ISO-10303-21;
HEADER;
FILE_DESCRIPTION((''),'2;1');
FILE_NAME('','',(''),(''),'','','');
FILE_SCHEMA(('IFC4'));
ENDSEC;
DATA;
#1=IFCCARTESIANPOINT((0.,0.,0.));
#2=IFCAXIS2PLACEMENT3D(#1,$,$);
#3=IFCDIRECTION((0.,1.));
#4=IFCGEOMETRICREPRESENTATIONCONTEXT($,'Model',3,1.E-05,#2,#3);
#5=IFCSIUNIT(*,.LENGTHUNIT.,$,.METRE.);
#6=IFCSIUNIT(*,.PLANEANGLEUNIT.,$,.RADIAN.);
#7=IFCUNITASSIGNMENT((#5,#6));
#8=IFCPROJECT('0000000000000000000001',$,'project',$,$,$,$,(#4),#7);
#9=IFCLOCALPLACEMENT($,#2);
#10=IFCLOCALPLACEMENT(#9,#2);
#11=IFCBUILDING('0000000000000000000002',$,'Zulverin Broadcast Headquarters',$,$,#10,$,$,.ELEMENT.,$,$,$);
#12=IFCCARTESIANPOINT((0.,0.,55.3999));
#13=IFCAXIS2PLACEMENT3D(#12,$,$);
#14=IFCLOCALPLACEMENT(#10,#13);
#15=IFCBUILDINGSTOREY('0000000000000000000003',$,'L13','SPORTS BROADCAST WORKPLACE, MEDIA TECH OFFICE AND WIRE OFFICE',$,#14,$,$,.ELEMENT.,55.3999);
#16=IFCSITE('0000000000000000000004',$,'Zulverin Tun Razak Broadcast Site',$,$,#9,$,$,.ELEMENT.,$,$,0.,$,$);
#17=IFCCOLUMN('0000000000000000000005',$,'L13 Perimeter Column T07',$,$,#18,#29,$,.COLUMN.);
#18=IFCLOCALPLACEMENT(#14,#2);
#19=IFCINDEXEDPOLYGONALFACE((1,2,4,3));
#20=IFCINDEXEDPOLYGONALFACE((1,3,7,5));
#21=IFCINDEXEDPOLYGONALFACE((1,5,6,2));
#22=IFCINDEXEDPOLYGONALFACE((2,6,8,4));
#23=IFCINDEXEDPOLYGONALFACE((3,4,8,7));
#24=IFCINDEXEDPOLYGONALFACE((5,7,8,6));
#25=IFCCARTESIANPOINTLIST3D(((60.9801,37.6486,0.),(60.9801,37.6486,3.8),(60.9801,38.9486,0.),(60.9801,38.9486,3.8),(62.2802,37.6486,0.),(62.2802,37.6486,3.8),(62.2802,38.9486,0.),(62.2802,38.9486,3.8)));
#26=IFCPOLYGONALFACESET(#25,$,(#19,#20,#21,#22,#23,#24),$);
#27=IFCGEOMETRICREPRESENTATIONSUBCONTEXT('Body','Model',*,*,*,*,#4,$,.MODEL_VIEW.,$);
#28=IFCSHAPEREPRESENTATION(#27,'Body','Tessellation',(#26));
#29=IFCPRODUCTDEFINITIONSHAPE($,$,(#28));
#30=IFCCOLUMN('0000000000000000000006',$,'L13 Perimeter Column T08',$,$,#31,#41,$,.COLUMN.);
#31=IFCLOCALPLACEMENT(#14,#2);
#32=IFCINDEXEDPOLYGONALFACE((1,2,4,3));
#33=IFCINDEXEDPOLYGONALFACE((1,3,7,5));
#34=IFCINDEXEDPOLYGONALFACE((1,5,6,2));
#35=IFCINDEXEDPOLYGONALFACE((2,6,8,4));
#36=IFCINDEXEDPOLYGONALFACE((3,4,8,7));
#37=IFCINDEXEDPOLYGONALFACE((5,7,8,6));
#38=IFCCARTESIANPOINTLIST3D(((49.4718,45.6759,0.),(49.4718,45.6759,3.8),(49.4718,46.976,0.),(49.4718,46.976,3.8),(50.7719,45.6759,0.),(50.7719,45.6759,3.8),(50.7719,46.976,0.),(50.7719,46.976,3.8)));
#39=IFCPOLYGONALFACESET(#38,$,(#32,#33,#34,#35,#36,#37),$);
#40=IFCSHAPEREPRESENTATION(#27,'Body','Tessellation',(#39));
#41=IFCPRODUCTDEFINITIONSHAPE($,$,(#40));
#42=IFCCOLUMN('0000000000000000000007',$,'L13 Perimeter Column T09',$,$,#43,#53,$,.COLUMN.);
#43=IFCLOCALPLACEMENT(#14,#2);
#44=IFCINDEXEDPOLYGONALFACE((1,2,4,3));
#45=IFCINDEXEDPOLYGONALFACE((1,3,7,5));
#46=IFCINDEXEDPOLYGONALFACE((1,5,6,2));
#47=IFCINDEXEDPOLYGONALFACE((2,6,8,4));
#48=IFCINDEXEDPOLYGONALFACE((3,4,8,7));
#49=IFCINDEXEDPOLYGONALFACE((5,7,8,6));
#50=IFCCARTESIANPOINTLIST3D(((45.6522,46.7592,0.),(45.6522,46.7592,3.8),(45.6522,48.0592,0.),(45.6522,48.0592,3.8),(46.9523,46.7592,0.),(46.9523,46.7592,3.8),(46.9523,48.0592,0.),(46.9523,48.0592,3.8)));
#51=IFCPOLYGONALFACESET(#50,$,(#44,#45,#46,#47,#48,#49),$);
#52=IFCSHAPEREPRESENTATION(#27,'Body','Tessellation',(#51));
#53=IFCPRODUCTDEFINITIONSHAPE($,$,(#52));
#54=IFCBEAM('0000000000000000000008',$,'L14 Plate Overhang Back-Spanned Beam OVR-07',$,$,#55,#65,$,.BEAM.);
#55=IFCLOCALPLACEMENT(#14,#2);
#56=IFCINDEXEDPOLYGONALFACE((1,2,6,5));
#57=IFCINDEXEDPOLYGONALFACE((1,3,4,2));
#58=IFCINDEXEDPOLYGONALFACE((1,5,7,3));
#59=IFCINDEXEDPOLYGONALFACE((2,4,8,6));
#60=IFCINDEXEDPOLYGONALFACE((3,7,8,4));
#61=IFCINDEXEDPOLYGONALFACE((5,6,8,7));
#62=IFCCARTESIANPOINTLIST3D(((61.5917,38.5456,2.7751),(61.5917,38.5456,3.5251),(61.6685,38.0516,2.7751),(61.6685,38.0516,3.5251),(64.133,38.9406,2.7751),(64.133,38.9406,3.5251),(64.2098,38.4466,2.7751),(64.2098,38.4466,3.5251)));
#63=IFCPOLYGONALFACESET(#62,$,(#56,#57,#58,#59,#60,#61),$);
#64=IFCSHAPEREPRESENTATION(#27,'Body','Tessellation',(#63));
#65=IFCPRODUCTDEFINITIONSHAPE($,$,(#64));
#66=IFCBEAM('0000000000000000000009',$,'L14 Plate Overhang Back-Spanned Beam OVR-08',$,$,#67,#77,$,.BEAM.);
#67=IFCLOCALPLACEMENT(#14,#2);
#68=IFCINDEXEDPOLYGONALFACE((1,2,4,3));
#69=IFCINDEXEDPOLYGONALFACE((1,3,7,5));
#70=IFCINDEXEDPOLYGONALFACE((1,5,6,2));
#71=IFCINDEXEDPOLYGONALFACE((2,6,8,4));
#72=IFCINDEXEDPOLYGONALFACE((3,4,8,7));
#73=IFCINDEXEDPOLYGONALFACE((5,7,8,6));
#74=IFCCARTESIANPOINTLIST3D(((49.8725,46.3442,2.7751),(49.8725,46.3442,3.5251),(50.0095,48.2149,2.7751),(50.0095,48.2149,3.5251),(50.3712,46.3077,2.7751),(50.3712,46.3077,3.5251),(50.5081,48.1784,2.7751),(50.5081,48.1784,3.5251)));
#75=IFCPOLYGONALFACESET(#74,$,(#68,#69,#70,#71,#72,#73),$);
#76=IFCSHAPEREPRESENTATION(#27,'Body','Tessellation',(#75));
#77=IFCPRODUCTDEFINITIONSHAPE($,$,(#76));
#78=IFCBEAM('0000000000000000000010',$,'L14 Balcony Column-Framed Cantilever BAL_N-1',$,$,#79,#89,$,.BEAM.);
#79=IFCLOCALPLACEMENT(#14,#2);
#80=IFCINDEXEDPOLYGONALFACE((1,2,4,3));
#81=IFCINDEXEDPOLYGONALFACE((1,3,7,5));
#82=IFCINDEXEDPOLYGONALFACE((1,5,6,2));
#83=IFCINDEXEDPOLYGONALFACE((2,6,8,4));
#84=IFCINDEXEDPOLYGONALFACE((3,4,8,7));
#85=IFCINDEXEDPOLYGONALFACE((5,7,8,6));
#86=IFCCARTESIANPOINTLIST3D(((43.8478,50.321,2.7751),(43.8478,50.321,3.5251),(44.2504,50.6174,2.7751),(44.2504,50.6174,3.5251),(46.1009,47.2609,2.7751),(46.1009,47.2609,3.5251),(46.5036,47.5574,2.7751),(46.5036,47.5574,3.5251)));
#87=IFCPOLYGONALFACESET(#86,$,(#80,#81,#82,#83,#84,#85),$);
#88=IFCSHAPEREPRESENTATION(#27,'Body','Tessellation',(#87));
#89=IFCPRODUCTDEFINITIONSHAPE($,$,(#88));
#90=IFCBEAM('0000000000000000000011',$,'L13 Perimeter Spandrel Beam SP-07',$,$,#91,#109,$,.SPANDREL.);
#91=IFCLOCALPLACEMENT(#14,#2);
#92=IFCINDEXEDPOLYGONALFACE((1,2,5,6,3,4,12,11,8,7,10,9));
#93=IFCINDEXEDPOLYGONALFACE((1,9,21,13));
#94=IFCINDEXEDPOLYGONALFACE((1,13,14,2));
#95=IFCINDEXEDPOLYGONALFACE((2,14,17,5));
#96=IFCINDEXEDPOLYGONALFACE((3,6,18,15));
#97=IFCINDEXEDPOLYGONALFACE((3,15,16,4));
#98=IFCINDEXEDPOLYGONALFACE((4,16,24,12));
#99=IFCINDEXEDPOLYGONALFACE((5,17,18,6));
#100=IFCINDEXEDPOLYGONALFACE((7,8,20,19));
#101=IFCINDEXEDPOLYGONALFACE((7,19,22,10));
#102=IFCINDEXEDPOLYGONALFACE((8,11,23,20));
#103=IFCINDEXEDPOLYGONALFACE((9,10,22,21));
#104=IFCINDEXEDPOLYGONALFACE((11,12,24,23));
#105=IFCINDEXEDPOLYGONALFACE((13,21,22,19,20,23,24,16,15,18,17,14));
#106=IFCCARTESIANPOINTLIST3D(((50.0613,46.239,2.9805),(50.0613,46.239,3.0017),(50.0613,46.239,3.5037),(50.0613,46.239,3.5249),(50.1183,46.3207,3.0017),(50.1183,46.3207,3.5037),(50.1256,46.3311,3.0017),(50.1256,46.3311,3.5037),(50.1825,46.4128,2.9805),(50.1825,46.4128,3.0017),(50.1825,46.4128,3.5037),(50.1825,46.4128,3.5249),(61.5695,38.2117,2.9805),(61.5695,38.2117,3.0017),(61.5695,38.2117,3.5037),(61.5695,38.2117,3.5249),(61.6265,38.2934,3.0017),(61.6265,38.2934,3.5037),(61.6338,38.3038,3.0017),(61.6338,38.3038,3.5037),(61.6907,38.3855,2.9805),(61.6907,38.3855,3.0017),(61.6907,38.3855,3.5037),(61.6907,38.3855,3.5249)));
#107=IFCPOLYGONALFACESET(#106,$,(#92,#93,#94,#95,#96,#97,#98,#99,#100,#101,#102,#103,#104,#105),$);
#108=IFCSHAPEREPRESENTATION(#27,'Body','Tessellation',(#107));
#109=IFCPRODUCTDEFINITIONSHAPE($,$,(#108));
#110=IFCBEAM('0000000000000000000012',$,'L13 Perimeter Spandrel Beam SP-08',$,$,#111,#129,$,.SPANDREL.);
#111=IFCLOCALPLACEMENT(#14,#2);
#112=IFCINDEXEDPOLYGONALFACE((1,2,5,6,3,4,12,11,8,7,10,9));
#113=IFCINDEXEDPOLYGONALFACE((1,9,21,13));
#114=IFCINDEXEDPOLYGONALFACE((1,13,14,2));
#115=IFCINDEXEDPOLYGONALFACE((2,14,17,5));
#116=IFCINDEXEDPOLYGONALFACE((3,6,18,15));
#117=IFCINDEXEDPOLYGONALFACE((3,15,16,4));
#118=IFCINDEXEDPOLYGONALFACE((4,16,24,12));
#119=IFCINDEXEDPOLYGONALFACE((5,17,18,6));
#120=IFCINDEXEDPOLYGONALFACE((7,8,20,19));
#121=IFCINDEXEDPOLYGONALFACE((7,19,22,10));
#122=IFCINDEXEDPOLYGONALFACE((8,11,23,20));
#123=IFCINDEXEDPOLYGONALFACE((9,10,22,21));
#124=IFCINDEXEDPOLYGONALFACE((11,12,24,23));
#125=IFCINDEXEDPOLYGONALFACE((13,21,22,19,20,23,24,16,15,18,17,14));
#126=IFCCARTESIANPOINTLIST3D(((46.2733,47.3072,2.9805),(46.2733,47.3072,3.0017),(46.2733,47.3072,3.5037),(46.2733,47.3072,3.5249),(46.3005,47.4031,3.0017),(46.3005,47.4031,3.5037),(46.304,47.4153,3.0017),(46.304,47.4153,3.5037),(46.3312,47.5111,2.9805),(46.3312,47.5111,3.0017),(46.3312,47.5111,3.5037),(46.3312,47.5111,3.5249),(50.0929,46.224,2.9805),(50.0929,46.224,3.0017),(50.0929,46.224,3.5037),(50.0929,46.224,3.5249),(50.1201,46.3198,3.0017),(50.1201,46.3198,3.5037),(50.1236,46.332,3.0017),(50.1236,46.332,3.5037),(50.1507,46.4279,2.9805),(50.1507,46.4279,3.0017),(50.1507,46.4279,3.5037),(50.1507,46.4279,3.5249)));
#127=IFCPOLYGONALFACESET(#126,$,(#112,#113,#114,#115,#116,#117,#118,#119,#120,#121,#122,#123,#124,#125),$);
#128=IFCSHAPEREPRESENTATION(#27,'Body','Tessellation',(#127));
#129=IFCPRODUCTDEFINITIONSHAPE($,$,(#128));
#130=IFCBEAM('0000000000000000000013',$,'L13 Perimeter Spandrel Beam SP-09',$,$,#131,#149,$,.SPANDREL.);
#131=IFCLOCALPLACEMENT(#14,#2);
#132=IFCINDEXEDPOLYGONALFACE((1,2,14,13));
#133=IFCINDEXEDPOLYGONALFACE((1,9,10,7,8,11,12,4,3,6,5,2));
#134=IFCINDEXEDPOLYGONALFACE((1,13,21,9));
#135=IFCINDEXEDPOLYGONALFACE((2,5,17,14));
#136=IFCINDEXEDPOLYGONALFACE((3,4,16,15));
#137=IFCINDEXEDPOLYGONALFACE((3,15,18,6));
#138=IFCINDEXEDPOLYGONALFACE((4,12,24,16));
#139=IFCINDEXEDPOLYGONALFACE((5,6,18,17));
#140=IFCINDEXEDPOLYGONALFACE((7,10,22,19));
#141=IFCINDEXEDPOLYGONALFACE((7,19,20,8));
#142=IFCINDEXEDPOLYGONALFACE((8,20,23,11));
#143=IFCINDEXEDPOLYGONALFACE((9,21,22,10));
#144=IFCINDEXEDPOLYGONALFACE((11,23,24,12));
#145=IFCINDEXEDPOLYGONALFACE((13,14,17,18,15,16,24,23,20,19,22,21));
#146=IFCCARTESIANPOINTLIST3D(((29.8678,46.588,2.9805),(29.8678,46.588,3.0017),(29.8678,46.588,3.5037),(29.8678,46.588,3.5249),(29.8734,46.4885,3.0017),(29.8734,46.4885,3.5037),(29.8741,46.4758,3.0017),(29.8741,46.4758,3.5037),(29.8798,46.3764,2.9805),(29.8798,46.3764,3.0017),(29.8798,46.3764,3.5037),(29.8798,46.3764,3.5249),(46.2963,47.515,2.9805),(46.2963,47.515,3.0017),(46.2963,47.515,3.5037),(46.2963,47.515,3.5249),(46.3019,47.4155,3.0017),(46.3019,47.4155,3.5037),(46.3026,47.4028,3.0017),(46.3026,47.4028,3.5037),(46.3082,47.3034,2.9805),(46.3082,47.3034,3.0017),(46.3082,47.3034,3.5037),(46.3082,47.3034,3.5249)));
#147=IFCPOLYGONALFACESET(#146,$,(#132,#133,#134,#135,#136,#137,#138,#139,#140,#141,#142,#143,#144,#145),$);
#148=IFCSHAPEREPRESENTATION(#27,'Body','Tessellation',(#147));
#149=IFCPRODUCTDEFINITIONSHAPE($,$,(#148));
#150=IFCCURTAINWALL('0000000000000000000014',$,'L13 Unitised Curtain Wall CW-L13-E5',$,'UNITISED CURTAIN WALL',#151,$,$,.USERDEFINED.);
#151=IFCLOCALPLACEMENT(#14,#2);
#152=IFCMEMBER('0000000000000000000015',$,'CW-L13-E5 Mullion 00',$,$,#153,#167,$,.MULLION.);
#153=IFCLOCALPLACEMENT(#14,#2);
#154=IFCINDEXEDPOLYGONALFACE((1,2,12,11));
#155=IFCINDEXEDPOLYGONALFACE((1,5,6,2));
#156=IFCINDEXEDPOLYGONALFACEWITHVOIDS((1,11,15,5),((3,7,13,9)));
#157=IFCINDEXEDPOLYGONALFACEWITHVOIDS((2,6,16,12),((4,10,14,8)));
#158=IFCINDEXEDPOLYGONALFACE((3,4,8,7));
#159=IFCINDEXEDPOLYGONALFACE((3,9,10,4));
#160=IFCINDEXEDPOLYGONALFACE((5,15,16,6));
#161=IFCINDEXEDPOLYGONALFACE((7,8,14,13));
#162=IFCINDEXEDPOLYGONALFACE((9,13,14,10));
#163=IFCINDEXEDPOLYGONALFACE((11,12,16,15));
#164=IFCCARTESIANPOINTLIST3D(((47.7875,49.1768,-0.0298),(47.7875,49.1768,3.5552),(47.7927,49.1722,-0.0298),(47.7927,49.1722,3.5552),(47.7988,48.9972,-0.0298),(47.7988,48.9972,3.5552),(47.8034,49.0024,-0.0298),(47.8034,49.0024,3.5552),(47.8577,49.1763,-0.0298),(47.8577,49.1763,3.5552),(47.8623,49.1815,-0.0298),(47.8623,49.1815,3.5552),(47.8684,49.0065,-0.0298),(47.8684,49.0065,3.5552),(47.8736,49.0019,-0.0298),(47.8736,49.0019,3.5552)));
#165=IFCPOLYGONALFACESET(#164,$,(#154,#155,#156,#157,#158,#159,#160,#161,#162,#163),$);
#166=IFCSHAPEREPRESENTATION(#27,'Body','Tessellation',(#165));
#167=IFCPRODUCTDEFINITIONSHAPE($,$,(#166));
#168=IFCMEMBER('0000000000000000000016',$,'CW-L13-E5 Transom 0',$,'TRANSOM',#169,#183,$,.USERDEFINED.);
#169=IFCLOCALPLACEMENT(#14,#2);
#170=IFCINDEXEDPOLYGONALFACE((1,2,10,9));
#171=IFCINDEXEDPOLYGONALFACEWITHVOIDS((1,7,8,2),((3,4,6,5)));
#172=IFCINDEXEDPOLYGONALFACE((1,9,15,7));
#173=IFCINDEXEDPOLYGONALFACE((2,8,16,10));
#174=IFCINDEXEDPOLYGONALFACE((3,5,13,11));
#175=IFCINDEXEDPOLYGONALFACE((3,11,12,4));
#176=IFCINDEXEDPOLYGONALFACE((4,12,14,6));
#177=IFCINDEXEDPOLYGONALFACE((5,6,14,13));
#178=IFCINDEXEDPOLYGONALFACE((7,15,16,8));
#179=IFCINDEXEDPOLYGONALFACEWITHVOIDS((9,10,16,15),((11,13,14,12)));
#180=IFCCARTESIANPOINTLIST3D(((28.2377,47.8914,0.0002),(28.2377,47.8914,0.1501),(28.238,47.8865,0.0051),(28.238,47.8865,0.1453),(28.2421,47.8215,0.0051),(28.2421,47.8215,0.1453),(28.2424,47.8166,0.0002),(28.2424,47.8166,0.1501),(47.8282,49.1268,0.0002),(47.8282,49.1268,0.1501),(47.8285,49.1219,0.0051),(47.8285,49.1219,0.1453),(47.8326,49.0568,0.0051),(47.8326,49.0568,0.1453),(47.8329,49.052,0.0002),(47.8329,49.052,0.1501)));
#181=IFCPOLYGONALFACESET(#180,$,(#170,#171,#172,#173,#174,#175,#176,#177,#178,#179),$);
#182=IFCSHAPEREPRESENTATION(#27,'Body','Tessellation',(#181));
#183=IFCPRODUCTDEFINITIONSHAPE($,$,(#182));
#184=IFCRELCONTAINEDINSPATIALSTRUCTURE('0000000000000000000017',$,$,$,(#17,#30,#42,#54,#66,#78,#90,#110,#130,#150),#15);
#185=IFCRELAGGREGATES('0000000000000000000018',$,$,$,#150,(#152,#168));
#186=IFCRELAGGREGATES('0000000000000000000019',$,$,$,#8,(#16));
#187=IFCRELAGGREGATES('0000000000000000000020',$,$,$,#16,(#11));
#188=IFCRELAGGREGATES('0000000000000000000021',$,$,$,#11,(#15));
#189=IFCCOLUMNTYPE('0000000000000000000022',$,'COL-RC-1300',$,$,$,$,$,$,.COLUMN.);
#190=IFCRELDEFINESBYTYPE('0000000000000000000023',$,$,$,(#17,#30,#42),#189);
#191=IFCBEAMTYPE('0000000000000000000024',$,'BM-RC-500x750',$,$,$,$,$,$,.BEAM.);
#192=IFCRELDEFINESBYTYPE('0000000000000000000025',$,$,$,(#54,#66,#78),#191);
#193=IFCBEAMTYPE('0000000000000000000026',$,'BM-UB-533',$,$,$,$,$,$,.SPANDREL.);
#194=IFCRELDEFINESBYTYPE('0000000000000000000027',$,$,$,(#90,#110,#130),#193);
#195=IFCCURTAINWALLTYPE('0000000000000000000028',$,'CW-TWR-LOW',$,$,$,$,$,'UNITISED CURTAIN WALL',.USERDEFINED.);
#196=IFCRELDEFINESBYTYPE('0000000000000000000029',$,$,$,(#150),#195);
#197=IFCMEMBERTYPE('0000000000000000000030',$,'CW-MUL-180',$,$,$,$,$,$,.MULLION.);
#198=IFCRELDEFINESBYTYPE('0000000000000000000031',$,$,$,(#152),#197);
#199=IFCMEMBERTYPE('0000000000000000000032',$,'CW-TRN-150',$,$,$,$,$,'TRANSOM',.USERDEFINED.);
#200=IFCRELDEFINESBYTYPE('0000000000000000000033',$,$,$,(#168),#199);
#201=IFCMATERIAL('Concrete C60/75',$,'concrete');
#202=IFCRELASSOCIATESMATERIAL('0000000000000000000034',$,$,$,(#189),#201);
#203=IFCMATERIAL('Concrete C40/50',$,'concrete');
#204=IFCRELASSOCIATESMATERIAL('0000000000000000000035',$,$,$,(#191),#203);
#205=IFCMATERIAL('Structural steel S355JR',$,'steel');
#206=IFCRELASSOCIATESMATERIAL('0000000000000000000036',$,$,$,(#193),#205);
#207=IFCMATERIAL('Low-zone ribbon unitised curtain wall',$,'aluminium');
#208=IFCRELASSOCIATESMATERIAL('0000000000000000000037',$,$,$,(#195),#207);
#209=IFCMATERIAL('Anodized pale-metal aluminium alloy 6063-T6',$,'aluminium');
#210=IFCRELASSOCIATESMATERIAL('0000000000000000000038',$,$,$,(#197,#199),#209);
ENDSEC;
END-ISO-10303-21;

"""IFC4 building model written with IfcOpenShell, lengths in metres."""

from ifc_helpers import new_model, si_unit, direction, frame, origin, origin_2d, place, context, subcontext, project, spatial, rectangle, hollow_rectangle, i_section, extrude, material, material_profile, profile_set, type_object, element, aggregate, save


model = new_model("IFC4")

# Units and contexts
model_context = context("Model", 3, precision=1e-05, world=origin(), true_north=direction((0.0, 1.0)))
body_context = subcontext(model_context, "Body", "Model", "MODEL_VIEW")
ifc_project = project(units=[si_unit("LENGTHUNIT", "METRE"), si_unit("PLANEANGLEUNIT", "RADIAN")], contexts=[model_context])

# Site, building, storey
site_placement = place(None, origin())
site = spatial("IfcSite", under=ifc_project, at=site_placement, Name="Zulverin Tun Razak Broadcast Site", CompositionType="ELEMENT", RefElevation=0.0)
building_placement = place(site_placement, origin())
building = spatial("IfcBuilding", under=site, at=building_placement, Name="Zulverin Broadcast Headquarters", CompositionType="ELEMENT")
storey_placement = place(building_placement, frame((0.0, 0.0, 55.3999)))
storey = spatial("IfcBuildingStorey", under=building, at=storey_placement, Name="L13", Description="SPORTS BROADCAST WORKPLACE, MEDIA TECH OFFICE AND WIRE OFFICE", CompositionType="ELEMENT", Elevation=55.3999)

# Columns
ifc_material_1 = material(Name="Concrete C60/75", Category="concrete")
ifc_material_profile_1 = material_profile(ifc_material_1, rectangle(XDim=1.3, YDim=1.3, at=origin_2d()), Name="Concrete C60/75", Category="concrete")
ifc_profile_set_1 = profile_set([ifc_material_profile_1], Name="Concrete C60/75")
column_type = type_object("IfcColumnType", Name="COL-RC-1300", PredefinedType="COLUMN", material=ifc_profile_set_1)
for number, where, z_axis, x_axis, name in (
    (1, (61.6301, 38.2986, 0.0), (0.0, 0.0, 1.0), (1.0, 0.0, 0.0), "L13 Perimeter Column T07"),
    (2, (50.1218, 46.3259, 0.0), (0.0, 0.0, 1.0), (1.0, 0.0, 0.0), "L13 Perimeter Column T08"),
    (3, (46.3022, 47.4092, 0.0), (0.0, 0.0, 1.0), (1.0, 0.0, 0.0), "L13 Perimeter Column T09"),
):
    element("IfcColumn", number, at=place(storey_placement, frame(where, z_axis=z_axis, x_axis=x_axis)), inside=storey, type_object=column_type, Name=name, PredefinedType="COLUMN", context=body_context, shape_type="SweptSolid", body=[
        extrude(rectangle(XDim=1.3, YDim=1.3, at=origin_2d()), origin(), (0.0, 0.0, 1.0), 3.8),
    ])

# Beams
ifc_material_2 = material(Name="Concrete C40/50", Category="concrete")
ifc_material_profile_2 = material_profile(ifc_material_2, rectangle(XDim=0.5, YDim=0.75, at=origin_2d()), Name="Concrete C40/50", Category="concrete")
ifc_profile_set_2 = profile_set([ifc_material_profile_2], Name="Concrete C40/50")
beam_type_1 = type_object("IfcBeamType", Name="BM-RC-500x750", PredefinedType="BEAM", material=ifc_profile_set_2)
beam_1_placement = place(storey_placement, frame((61.6301, 38.2986, 3.1501), z_axis=(0.988133, 0.153598, 0.0), x_axis=(-0.153598, 0.988133, 0.0)))
element("IfcBeam", 4, at=beam_1_placement, inside=storey, type_object=beam_type_1, Name="L14 Plate Overhang Back-Spanned Beam OVR-07", PredefinedType="BEAM", context=body_context, shape_type="SweptSolid", body=[
    extrude(rectangle(XDim=0.5, YDim=0.75, at=origin_2d()), origin(), (0.0, 0.0, 1.0), 2.5718),
])
beam_2_placement = place(storey_placement, frame((50.1218, 46.3259, 3.1501), z_axis=(0.073023, 0.99733, 0.0), x_axis=(-0.99733, 0.073023, 0.0)))
element("IfcBeam", 5, at=beam_2_placement, inside=storey, type_object=beam_type_1, Name="L14 Plate Overhang Back-Spanned Beam OVR-08", PredefinedType="BEAM", context=body_context, shape_type="SweptSolid", body=[
    extrude(rectangle(XDim=0.5, YDim=0.75, at=origin_2d()), origin(), (0.0, 0.0, 1.0), 1.8757),
])
beam_3_placement = place(storey_placement, frame((46.3022, 47.4092, 3.1501), z_axis=(-0.592925, 0.805258, 0.0), x_axis=(-0.805258, -0.592925, 0.0)))
element("IfcBeam", 6, at=beam_3_placement, inside=storey, type_object=beam_type_1, Name="L14 Balcony Column-Framed Cantilever BAL_N-1", PredefinedType="BEAM", context=body_context, shape_type="SweptSolid", body=[
    extrude(rectangle(XDim=0.5, YDim=0.75, at=origin_2d()), origin(), (0.0, 0.0, 1.0), 3.8),
])
ifc_material_3 = material(Name="Structural steel S355JR", Category="steel")
ifc_material_profile_3 = material_profile(ifc_material_3, i_section(OverallWidth=0.2119, OverallDepth=0.5444, WebThickness=0.0127, FlangeThickness=0.0212, at=origin_2d()), Name="Structural steel S355JR", Category="steel")
ifc_profile_set_3 = profile_set([ifc_material_profile_3], Name="Structural steel S355JR")
beam_type_2 = type_object("IfcBeamType", Name="BM-UB-533", PredefinedType="SPANDREL", material=ifc_profile_set_3)
beam_4_placement = place(storey_placement, frame((61.6301, 38.2986, 3.2527), z_axis=(-0.820184, 0.5721, 0.0), x_axis=(-0.5721, -0.820184, 0.0)))
element("IfcBeam", 7, at=beam_4_placement, inside=storey, type_object=beam_type_2, Name="L13 Perimeter Spandrel Beam SP-07", PredefinedType="SPANDREL", context=body_context, shape_type="SweptSolid", body=[
    extrude(i_section(OverallWidth=0.2119, OverallDepth=0.5444, WebThickness=0.0127, FlangeThickness=0.0212, at=origin_2d()), origin(), (0.0, 0.0, 1.0), 14.0312),
])
beam_5_placement = place(storey_placement, frame((50.1218, 46.3259, 3.2527), z_axis=(-0.962058, 0.272844, 0.0), x_axis=(-0.272844, -0.962058, 0.0)))
element("IfcBeam", 8, at=beam_5_placement, inside=storey, type_object=beam_type_2, Name="L13 Perimeter Spandrel Beam SP-08", PredefinedType="SPANDREL", context=body_context, shape_type="SweptSolid", body=[
    extrude(i_section(OverallWidth=0.2119, OverallDepth=0.5444, WebThickness=0.0127, FlangeThickness=0.0212, at=origin_2d()), origin(), (0.0, 0.0, 1.0), 3.9702),
])
beam_6_placement = place(storey_placement, frame((46.3022, 47.4092, 3.2527), z_axis=(-0.998412, -0.056337, 0.0), x_axis=(0.056337, -0.998412, 0.0)))
element("IfcBeam", 9, at=beam_6_placement, inside=storey, type_object=beam_type_2, Name="L13 Perimeter Spandrel Beam SP-09", PredefinedType="SPANDREL", context=body_context, shape_type="SweptSolid", body=[
    extrude(i_section(OverallWidth=0.2119, OverallDepth=0.5444, WebThickness=0.0127, FlangeThickness=0.0212, at=origin_2d()), origin(), (0.0, 0.0, 1.0), 16.4546),
])

# Curtain wall, members
ifc_material_4 = material(Name="Low-zone ribbon unitised curtain wall", Category="aluminium")
curtain_wall_type = type_object("IfcCurtainWallType", Name="CW-TWR-LOW", ElementType="UNITISED CURTAIN WALL", PredefinedType="USERDEFINED", material=ifc_material_4)
curtain_wall_placement = place(storey_placement, origin())
curtain_wall = element("IfcCurtainWall", 10, at=curtain_wall_placement, inside=storey, type_object=curtain_wall_type, Name="L13 Unitised Curtain Wall CW-L13-E5", ObjectType="UNITISED CURTAIN WALL", PredefinedType="USERDEFINED")
ifc_material_5 = material(Name="Anodized pale-metal aluminium alloy 6063-T6", Category="aluminium")
ifc_material_profile_4 = material_profile(ifc_material_5, hollow_rectangle(XDim=0.075, YDim=0.1799, WallThickness=0.0049, at=origin_2d()), Name="Anodized pale-metal aluminium alloy 6063-T6", Category="aluminium")
ifc_profile_set_4 = profile_set([ifc_material_profile_4], Name="Anodized pale-metal aluminium alloy 6063-T6")
member_type_1 = type_object("IfcMemberType", Name="CW-MUL-180", PredefinedType="MULLION", material=ifc_profile_set_4)
member_1_placement = place(storey_placement, frame((47.8306, 49.0894, -0.0298), z_axis=(0.0, 0.0, 1.0), x_axis=(-0.998018, -0.062935, 0.0)))
member_1 = element("IfcMember", 11, at=member_1_placement, type_object=member_type_1, Name="CW-L13-E5 Mullion 00", PredefinedType="MULLION", context=body_context, shape_type="SweptSolid", body=[
    extrude(hollow_rectangle(XDim=0.075, YDim=0.1799, WallThickness=0.0049, at=origin_2d()), origin(), (0.0, 0.0, 1.0), 3.585),
])
ifc_material_profile_5 = material_profile(ifc_material_5, hollow_rectangle(XDim=0.075, YDim=0.1499, WallThickness=0.0049, at=origin_2d()), Name="Anodized pale-metal aluminium alloy 6063-T6", Category="aluminium")
ifc_profile_set_5 = profile_set([ifc_material_profile_5], Name="Anodized pale-metal aluminium alloy 6063-T6")
member_type_2 = type_object("IfcMemberType", Name="CW-TRN-150", ElementType="TRANSOM", PredefinedType="USERDEFINED", material=ifc_profile_set_5)
member_2_placement = place(storey_placement, frame((47.8306, 49.0894, 0.0752), z_axis=(-0.998018, -0.062933, 0.0), x_axis=(0.062933, -0.998018, 0.0)))
member_2 = element("IfcMember", 12, at=member_2_placement, type_object=member_type_2, Name="CW-L13-E5 Transom 0", ObjectType="TRANSOM", PredefinedType="USERDEFINED", context=body_context, shape_type="SweptSolid", body=[
    extrude(hollow_rectangle(XDim=0.075, YDim=0.1499, WallThickness=0.0049, at=origin_2d()), origin(), (0.0, 0.0, 1.0), 19.6294),
])
aggregate(curtain_wall, [member_1, member_2])

save(model, "model.ifc")
